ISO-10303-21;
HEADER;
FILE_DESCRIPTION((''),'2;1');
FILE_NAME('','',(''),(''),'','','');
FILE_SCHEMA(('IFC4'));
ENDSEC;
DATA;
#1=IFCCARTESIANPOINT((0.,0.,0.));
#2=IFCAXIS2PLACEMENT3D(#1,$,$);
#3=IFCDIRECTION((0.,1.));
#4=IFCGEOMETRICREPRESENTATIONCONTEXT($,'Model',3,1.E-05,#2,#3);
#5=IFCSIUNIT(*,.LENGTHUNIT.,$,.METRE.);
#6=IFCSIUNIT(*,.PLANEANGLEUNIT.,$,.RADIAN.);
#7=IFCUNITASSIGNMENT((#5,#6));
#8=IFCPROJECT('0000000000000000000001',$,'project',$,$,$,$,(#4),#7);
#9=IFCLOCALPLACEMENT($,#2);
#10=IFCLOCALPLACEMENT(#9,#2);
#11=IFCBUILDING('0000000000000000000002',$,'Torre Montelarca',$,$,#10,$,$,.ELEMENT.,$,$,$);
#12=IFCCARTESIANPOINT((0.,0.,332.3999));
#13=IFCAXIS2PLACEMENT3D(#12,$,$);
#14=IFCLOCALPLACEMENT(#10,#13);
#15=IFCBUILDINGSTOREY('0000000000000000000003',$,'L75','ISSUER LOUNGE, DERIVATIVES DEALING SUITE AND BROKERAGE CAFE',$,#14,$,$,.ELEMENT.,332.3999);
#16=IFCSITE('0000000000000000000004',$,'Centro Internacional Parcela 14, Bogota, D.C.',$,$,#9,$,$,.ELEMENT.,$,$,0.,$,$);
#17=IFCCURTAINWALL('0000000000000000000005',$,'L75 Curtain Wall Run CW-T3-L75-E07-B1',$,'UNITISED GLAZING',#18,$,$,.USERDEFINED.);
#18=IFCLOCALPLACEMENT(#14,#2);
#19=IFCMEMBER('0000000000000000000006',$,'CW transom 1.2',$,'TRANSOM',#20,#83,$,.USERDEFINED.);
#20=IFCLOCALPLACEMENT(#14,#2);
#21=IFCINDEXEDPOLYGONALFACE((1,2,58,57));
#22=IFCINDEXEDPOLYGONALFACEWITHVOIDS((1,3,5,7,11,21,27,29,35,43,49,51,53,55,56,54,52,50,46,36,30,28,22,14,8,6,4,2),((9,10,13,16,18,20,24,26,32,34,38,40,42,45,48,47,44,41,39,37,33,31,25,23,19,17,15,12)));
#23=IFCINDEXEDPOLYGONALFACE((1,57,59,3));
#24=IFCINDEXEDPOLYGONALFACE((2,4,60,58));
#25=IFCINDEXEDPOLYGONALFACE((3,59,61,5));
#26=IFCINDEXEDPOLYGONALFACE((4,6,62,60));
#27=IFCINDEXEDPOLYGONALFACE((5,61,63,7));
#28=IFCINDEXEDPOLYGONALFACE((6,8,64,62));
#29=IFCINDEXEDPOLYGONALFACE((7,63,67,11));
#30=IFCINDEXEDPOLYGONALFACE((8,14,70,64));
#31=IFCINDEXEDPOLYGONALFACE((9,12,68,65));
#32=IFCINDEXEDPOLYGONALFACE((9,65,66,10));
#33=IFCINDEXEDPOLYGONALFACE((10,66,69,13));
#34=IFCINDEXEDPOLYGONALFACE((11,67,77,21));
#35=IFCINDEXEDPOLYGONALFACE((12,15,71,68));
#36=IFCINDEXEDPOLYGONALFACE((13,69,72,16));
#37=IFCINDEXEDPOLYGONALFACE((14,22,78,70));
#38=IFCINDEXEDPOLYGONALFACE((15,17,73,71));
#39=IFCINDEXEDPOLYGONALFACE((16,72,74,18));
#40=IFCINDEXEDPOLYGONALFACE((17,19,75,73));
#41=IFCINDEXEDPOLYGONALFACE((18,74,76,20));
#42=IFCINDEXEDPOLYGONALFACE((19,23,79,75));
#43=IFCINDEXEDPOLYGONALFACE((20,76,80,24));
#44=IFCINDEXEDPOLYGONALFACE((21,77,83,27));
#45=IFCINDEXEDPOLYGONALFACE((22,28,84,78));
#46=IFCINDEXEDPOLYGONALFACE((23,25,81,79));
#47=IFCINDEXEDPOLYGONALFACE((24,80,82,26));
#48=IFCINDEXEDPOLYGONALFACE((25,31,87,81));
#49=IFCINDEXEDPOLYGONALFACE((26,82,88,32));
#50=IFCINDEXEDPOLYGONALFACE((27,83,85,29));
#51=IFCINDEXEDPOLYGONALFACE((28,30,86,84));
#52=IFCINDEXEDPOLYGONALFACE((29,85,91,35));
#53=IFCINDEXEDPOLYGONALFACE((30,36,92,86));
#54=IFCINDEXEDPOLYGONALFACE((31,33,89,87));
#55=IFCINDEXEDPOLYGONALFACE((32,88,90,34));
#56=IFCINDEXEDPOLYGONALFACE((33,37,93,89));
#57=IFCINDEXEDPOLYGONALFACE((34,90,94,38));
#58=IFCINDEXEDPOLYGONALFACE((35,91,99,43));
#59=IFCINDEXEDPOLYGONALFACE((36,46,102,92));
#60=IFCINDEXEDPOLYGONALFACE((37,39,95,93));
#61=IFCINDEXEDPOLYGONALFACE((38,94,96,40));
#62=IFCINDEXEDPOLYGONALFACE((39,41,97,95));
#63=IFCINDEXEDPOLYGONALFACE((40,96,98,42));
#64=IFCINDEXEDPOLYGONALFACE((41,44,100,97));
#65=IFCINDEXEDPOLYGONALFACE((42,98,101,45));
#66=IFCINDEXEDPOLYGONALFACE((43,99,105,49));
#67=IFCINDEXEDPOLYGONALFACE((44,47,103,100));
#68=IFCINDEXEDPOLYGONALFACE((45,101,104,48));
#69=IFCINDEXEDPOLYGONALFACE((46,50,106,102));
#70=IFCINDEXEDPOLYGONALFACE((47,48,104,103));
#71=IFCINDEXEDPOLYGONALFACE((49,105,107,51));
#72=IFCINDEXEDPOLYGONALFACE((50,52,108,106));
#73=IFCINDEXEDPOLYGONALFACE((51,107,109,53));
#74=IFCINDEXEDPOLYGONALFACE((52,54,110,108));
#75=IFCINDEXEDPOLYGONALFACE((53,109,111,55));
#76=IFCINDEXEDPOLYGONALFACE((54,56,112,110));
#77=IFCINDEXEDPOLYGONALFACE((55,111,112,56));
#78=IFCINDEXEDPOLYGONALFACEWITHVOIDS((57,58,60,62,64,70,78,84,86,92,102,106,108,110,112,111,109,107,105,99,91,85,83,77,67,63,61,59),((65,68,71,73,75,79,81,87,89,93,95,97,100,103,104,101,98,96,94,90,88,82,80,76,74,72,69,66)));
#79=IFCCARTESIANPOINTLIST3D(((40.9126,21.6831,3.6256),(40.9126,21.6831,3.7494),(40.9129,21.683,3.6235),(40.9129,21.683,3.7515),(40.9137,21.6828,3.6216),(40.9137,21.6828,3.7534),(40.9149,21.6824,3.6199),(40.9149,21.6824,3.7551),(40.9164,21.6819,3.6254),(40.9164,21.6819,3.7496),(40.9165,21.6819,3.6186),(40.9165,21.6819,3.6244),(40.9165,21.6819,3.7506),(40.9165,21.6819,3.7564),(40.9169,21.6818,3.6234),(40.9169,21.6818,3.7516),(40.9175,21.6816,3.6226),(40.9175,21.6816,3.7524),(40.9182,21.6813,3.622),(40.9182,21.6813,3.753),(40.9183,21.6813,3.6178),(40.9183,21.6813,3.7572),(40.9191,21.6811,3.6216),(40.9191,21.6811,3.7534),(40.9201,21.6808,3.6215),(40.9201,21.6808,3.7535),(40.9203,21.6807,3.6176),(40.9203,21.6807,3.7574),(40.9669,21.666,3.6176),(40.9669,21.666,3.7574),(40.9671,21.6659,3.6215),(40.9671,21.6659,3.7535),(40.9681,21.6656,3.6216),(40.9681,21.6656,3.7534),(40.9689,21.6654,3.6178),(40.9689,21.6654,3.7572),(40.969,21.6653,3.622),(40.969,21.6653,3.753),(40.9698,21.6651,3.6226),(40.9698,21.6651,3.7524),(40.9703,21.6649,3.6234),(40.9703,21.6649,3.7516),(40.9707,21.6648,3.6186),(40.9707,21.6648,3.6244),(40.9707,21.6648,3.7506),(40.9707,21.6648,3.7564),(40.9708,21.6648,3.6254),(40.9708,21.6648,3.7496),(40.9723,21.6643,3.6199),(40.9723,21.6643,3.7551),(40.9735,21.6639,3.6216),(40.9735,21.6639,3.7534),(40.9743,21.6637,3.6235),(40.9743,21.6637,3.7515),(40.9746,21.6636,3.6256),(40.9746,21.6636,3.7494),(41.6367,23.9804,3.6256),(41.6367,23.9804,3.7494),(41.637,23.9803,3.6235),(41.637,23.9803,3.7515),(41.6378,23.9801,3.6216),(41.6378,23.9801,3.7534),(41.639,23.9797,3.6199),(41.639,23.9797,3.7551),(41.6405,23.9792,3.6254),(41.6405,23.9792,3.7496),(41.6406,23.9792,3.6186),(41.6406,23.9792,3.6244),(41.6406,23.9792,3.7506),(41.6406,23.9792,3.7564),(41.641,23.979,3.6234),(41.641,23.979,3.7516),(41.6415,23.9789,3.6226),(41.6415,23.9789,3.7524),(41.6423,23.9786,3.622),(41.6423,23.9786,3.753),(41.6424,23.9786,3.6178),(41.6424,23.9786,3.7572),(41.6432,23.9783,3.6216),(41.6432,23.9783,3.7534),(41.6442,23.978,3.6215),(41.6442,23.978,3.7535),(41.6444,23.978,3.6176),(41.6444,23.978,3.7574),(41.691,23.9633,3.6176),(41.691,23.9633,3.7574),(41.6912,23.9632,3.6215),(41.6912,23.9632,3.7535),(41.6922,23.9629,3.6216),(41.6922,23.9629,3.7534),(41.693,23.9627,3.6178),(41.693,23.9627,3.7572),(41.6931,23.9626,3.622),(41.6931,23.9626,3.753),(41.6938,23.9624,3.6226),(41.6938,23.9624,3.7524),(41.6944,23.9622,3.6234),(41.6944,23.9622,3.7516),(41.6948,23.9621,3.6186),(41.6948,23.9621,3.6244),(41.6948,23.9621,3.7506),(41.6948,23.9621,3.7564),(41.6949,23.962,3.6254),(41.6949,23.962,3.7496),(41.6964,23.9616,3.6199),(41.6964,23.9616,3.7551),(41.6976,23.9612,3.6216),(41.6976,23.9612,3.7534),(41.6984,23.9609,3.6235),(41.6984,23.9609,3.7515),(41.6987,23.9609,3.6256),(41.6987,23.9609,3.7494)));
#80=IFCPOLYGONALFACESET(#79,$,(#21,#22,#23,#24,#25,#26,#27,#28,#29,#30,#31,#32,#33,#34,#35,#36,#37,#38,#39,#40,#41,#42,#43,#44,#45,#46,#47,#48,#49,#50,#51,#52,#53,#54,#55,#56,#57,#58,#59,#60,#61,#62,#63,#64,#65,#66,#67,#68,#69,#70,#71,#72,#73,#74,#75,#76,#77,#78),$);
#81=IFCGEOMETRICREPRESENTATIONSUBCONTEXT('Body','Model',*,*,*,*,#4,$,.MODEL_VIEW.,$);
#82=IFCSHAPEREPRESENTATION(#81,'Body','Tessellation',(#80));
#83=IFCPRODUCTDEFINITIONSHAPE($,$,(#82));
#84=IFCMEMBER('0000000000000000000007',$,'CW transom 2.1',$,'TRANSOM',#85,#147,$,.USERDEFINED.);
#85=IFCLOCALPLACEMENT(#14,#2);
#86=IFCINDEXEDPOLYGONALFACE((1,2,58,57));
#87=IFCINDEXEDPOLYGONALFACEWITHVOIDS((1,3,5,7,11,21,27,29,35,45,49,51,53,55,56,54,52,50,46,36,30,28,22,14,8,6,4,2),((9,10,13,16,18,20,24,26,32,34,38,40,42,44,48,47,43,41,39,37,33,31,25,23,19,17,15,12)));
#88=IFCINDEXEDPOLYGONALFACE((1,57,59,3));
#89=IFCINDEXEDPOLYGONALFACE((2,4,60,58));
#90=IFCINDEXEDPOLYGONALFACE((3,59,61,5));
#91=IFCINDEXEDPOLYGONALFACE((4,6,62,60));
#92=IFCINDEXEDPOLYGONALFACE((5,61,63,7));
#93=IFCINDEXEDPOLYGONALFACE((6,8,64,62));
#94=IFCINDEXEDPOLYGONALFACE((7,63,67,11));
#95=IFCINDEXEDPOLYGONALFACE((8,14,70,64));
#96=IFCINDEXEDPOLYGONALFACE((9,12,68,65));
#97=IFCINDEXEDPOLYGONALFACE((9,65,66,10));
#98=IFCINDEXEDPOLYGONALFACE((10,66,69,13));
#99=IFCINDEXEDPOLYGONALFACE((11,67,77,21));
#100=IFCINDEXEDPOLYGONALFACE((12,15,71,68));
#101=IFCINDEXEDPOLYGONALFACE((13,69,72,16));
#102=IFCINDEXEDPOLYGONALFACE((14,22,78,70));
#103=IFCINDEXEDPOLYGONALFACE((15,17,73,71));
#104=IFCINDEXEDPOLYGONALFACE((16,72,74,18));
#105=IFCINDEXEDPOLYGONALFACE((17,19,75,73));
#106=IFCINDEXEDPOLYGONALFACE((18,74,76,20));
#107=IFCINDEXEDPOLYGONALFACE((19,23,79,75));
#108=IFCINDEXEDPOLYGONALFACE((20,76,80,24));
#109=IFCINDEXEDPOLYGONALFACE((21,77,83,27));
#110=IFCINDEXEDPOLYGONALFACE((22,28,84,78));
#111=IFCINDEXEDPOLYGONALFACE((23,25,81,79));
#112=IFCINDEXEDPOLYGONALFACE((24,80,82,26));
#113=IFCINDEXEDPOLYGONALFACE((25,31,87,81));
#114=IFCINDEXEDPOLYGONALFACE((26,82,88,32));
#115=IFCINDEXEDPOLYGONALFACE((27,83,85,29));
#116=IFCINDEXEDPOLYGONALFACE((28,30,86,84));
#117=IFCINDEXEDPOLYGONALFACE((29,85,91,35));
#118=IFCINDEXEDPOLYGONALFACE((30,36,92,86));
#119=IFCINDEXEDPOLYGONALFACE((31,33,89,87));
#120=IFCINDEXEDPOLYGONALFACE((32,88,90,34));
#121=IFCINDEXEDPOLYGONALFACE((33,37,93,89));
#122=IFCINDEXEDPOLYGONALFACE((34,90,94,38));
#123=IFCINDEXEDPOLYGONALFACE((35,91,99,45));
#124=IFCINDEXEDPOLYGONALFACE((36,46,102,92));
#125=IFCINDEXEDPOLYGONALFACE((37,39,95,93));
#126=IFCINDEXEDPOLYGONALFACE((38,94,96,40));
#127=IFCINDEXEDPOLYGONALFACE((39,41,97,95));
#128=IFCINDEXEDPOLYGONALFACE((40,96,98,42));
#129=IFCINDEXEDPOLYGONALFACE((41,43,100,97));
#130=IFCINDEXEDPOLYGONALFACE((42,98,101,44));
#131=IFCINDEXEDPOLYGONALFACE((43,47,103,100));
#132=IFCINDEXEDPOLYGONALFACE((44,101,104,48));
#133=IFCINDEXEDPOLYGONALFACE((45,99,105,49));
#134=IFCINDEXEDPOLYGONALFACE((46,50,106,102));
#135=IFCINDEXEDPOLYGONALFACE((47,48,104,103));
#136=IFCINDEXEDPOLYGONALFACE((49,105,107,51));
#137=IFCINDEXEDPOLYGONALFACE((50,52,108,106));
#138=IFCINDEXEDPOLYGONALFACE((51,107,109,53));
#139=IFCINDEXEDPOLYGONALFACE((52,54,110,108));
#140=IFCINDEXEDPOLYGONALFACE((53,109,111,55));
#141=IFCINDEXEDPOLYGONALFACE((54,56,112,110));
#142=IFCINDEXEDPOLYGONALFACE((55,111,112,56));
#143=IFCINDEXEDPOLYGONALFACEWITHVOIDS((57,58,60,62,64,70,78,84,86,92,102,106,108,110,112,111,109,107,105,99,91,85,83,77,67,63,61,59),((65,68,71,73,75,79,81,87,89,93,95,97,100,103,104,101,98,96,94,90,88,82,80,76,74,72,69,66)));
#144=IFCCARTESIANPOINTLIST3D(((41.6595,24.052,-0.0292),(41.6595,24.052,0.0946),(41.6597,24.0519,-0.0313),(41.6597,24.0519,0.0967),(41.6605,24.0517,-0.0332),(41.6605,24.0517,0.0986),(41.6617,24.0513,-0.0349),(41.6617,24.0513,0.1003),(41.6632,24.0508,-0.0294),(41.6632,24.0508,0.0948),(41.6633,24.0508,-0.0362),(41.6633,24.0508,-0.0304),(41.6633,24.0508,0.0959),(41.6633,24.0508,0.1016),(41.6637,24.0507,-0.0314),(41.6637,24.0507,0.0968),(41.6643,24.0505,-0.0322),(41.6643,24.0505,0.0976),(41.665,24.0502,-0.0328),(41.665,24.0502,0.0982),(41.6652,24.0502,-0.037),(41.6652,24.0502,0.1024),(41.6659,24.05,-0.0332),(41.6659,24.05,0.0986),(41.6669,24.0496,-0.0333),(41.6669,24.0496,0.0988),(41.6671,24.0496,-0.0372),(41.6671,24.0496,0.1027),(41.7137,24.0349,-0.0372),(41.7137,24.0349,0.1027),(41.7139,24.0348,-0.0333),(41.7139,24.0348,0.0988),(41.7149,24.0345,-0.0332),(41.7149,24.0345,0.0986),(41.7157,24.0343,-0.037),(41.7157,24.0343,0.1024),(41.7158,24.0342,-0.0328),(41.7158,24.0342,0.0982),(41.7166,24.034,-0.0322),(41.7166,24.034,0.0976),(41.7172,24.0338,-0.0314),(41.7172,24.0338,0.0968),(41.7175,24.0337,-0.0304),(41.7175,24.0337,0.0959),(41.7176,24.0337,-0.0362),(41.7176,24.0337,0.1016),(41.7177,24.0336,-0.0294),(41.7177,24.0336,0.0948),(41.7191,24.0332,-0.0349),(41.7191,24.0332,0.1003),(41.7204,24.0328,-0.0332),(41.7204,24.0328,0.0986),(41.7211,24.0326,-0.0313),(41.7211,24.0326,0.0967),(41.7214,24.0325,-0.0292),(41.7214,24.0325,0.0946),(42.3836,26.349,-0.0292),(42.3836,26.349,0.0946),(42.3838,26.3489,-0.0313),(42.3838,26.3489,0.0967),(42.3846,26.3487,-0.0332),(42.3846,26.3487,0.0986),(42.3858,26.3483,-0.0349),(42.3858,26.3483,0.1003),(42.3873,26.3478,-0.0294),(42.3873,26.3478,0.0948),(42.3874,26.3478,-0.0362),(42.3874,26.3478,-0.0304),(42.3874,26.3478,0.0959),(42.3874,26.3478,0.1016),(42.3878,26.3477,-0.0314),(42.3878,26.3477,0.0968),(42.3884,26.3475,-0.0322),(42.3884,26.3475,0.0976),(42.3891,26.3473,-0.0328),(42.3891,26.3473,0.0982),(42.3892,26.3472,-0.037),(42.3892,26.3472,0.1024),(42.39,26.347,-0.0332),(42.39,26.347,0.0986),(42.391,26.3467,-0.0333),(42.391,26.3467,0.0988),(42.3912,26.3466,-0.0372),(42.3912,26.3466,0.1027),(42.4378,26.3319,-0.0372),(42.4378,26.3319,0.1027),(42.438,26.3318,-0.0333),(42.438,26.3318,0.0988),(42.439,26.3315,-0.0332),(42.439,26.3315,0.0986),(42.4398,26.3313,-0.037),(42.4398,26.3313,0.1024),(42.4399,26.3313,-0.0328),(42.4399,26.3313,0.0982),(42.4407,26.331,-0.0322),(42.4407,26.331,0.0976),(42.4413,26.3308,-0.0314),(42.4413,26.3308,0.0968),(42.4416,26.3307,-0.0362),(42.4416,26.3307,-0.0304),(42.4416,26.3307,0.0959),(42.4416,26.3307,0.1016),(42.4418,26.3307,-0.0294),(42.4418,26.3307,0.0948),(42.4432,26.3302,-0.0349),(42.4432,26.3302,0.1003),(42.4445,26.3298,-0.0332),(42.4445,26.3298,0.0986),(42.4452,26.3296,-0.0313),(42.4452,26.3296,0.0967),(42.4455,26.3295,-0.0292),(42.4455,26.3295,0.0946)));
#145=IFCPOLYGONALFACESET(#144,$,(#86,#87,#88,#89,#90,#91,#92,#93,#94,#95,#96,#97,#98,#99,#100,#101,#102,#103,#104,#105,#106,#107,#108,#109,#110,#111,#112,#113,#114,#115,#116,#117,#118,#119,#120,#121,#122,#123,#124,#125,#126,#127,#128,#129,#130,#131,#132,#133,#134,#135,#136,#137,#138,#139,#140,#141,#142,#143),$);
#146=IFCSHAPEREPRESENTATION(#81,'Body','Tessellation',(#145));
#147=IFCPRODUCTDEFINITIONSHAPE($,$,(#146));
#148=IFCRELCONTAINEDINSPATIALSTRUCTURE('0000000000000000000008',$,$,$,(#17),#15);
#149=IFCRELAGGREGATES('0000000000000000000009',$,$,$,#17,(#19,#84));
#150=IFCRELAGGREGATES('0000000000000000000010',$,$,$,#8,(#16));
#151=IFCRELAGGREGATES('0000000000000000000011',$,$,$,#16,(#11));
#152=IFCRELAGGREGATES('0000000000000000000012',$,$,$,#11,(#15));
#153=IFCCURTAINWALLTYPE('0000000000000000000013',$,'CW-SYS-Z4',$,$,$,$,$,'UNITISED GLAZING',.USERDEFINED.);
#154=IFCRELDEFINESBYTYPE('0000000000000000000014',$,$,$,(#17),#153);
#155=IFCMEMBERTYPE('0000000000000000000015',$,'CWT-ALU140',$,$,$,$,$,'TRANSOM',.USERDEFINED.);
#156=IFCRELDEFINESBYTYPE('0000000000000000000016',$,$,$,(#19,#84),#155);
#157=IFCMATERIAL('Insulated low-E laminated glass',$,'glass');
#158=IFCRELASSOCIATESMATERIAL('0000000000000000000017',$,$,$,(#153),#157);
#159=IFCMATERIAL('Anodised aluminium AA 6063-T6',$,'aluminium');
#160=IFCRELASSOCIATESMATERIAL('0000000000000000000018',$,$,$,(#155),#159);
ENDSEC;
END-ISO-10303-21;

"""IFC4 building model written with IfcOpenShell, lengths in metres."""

from ifc_helpers import new_model, si_unit, direction, frame, origin, origin_2d, place, context, subcontext, project, spatial, hollow_rectangle, extrude, source, transform, mapped, material, material_profile, profile_set, type_object, element, aggregate, save


model = new_model("IFC4")

# Units and contexts
model_context = context("Model", 3, precision=1e-05, world=origin(), true_north=direction((0.0, 1.0)))
body_context = subcontext(model_context, "Body", "Model", "MODEL_VIEW")
ifc_project = project(units=[si_unit("LENGTHUNIT", "METRE"), si_unit("PLANEANGLEUNIT", "RADIAN")], contexts=[model_context])

# Site, building, storey
site_placement = place(None, origin())
site = spatial("IfcSite", under=ifc_project, at=site_placement, Name="Centro Internacional Parcela 14, Bogota, D.C.", CompositionType="ELEMENT", RefElevation=0.0)
building_placement = place(site_placement, origin())
building = spatial("IfcBuilding", under=site, at=building_placement, Name="Torre Montelarca", CompositionType="ELEMENT")
storey_placement = place(building_placement, frame((0.0, 0.0, 332.3999)))
storey = spatial("IfcBuildingStorey", under=building, at=storey_placement, Name="L75", Description="ISSUER LOUNGE, DERIVATIVES DEALING SUITE AND BROKERAGE CAFE", CompositionType="ELEMENT", Elevation=332.3999)

# Curtain wall
ifc_material_1 = material(Name="Insulated low-E laminated glass", Category="glass")
curtain_wall_type = type_object("IfcCurtainWallType", Name="CW-SYS-Z4", ElementType="UNITISED GLAZING", PredefinedType="USERDEFINED", material=ifc_material_1)
ifc_material_2 = material(Name="Anodised aluminium AA 6063-T6", Category="aluminium")
curtain_wall_1_placement = place(storey_placement, origin())
curtain_wall_1 = element("IfcCurtainWall", 1, at=curtain_wall_1_placement, inside=storey, type_object=curtain_wall_type, Name="L75 Curtain Wall Run CW-T3-L75-E07-B1", ObjectType="UNITISED GLAZING", PredefinedType="USERDEFINED")

# Members
ifc_material_profile_1 = material_profile(ifc_material_2, hollow_rectangle(XDim=0.0649, YDim=0.1399, WallThickness=0.0039, InnerFilletRadius=0.0039, OuterFilletRadius=0.0081, at=origin_2d()), Name="ALU65X140X4", Category="aluminium")
ifc_profile_set_1 = profile_set([ifc_material_profile_1], Name="Anodised aluminium AA 6063-T6")
member_type_1 = type_object("IfcMemberType", Name="CWT-ALU140", ElementType="TRANSOM", PredefinedType="USERDEFINED", material=ifc_profile_set_1)
shared_shape_1 = source(origin(), body_context, "Body", "SweptSolid", [
    extrude(hollow_rectangle(XDim=0.0649, YDim=0.1399, WallThickness=0.0039, InnerFilletRadius=0.0039, OuterFilletRadius=0.0081, at=origin_2d()), origin(), (0.0, 0.0, 1.0), 2.4087),
])
member_1_placement = place(storey_placement, frame((40.9436, 21.6733, 3.6875), z_axis=(0.300617, 0.953745, 0.0), x_axis=(-0.953745, 0.300617, 0.0)))
member_1 = element("IfcMember", 2, at=member_1_placement, type_object=member_type_1, Name="CW transom 1.2", ObjectType="TRANSOM", PredefinedType="USERDEFINED", context=body_context, shape_type="MappedRepresentation", body=[
    mapped(shared_shape_1, transform((0.0, 0.0, 0.0), scale=1.0)),
])
shared_shape_2 = source(origin(), body_context, "Body", "SweptSolid", [
    extrude(hollow_rectangle(XDim=0.0649, YDim=0.1399, WallThickness=0.0039, InnerFilletRadius=0.0039, OuterFilletRadius=0.0081, at=origin_2d()), origin(), (0.0, 0.0, 1.0), 2.4084),
])
member_2_placement = place(storey_placement, frame((41.6904, 24.0422, 0.0327), z_axis=(0.300646, 0.953736, 0.0), x_axis=(-0.953736, 0.300646, 0.0)))
member_2 = element("IfcMember", 3, at=member_2_placement, type_object=member_type_1, Name="CW transom 2.1", ObjectType="TRANSOM", PredefinedType="USERDEFINED", context=body_context, shape_type="MappedRepresentation", body=[
    mapped(shared_shape_2, transform((0.0, 0.0, 0.0), scale=1.0)),
])

aggregate(curtain_wall_1, [member_1, member_2])

save(model, "model.ifc")
